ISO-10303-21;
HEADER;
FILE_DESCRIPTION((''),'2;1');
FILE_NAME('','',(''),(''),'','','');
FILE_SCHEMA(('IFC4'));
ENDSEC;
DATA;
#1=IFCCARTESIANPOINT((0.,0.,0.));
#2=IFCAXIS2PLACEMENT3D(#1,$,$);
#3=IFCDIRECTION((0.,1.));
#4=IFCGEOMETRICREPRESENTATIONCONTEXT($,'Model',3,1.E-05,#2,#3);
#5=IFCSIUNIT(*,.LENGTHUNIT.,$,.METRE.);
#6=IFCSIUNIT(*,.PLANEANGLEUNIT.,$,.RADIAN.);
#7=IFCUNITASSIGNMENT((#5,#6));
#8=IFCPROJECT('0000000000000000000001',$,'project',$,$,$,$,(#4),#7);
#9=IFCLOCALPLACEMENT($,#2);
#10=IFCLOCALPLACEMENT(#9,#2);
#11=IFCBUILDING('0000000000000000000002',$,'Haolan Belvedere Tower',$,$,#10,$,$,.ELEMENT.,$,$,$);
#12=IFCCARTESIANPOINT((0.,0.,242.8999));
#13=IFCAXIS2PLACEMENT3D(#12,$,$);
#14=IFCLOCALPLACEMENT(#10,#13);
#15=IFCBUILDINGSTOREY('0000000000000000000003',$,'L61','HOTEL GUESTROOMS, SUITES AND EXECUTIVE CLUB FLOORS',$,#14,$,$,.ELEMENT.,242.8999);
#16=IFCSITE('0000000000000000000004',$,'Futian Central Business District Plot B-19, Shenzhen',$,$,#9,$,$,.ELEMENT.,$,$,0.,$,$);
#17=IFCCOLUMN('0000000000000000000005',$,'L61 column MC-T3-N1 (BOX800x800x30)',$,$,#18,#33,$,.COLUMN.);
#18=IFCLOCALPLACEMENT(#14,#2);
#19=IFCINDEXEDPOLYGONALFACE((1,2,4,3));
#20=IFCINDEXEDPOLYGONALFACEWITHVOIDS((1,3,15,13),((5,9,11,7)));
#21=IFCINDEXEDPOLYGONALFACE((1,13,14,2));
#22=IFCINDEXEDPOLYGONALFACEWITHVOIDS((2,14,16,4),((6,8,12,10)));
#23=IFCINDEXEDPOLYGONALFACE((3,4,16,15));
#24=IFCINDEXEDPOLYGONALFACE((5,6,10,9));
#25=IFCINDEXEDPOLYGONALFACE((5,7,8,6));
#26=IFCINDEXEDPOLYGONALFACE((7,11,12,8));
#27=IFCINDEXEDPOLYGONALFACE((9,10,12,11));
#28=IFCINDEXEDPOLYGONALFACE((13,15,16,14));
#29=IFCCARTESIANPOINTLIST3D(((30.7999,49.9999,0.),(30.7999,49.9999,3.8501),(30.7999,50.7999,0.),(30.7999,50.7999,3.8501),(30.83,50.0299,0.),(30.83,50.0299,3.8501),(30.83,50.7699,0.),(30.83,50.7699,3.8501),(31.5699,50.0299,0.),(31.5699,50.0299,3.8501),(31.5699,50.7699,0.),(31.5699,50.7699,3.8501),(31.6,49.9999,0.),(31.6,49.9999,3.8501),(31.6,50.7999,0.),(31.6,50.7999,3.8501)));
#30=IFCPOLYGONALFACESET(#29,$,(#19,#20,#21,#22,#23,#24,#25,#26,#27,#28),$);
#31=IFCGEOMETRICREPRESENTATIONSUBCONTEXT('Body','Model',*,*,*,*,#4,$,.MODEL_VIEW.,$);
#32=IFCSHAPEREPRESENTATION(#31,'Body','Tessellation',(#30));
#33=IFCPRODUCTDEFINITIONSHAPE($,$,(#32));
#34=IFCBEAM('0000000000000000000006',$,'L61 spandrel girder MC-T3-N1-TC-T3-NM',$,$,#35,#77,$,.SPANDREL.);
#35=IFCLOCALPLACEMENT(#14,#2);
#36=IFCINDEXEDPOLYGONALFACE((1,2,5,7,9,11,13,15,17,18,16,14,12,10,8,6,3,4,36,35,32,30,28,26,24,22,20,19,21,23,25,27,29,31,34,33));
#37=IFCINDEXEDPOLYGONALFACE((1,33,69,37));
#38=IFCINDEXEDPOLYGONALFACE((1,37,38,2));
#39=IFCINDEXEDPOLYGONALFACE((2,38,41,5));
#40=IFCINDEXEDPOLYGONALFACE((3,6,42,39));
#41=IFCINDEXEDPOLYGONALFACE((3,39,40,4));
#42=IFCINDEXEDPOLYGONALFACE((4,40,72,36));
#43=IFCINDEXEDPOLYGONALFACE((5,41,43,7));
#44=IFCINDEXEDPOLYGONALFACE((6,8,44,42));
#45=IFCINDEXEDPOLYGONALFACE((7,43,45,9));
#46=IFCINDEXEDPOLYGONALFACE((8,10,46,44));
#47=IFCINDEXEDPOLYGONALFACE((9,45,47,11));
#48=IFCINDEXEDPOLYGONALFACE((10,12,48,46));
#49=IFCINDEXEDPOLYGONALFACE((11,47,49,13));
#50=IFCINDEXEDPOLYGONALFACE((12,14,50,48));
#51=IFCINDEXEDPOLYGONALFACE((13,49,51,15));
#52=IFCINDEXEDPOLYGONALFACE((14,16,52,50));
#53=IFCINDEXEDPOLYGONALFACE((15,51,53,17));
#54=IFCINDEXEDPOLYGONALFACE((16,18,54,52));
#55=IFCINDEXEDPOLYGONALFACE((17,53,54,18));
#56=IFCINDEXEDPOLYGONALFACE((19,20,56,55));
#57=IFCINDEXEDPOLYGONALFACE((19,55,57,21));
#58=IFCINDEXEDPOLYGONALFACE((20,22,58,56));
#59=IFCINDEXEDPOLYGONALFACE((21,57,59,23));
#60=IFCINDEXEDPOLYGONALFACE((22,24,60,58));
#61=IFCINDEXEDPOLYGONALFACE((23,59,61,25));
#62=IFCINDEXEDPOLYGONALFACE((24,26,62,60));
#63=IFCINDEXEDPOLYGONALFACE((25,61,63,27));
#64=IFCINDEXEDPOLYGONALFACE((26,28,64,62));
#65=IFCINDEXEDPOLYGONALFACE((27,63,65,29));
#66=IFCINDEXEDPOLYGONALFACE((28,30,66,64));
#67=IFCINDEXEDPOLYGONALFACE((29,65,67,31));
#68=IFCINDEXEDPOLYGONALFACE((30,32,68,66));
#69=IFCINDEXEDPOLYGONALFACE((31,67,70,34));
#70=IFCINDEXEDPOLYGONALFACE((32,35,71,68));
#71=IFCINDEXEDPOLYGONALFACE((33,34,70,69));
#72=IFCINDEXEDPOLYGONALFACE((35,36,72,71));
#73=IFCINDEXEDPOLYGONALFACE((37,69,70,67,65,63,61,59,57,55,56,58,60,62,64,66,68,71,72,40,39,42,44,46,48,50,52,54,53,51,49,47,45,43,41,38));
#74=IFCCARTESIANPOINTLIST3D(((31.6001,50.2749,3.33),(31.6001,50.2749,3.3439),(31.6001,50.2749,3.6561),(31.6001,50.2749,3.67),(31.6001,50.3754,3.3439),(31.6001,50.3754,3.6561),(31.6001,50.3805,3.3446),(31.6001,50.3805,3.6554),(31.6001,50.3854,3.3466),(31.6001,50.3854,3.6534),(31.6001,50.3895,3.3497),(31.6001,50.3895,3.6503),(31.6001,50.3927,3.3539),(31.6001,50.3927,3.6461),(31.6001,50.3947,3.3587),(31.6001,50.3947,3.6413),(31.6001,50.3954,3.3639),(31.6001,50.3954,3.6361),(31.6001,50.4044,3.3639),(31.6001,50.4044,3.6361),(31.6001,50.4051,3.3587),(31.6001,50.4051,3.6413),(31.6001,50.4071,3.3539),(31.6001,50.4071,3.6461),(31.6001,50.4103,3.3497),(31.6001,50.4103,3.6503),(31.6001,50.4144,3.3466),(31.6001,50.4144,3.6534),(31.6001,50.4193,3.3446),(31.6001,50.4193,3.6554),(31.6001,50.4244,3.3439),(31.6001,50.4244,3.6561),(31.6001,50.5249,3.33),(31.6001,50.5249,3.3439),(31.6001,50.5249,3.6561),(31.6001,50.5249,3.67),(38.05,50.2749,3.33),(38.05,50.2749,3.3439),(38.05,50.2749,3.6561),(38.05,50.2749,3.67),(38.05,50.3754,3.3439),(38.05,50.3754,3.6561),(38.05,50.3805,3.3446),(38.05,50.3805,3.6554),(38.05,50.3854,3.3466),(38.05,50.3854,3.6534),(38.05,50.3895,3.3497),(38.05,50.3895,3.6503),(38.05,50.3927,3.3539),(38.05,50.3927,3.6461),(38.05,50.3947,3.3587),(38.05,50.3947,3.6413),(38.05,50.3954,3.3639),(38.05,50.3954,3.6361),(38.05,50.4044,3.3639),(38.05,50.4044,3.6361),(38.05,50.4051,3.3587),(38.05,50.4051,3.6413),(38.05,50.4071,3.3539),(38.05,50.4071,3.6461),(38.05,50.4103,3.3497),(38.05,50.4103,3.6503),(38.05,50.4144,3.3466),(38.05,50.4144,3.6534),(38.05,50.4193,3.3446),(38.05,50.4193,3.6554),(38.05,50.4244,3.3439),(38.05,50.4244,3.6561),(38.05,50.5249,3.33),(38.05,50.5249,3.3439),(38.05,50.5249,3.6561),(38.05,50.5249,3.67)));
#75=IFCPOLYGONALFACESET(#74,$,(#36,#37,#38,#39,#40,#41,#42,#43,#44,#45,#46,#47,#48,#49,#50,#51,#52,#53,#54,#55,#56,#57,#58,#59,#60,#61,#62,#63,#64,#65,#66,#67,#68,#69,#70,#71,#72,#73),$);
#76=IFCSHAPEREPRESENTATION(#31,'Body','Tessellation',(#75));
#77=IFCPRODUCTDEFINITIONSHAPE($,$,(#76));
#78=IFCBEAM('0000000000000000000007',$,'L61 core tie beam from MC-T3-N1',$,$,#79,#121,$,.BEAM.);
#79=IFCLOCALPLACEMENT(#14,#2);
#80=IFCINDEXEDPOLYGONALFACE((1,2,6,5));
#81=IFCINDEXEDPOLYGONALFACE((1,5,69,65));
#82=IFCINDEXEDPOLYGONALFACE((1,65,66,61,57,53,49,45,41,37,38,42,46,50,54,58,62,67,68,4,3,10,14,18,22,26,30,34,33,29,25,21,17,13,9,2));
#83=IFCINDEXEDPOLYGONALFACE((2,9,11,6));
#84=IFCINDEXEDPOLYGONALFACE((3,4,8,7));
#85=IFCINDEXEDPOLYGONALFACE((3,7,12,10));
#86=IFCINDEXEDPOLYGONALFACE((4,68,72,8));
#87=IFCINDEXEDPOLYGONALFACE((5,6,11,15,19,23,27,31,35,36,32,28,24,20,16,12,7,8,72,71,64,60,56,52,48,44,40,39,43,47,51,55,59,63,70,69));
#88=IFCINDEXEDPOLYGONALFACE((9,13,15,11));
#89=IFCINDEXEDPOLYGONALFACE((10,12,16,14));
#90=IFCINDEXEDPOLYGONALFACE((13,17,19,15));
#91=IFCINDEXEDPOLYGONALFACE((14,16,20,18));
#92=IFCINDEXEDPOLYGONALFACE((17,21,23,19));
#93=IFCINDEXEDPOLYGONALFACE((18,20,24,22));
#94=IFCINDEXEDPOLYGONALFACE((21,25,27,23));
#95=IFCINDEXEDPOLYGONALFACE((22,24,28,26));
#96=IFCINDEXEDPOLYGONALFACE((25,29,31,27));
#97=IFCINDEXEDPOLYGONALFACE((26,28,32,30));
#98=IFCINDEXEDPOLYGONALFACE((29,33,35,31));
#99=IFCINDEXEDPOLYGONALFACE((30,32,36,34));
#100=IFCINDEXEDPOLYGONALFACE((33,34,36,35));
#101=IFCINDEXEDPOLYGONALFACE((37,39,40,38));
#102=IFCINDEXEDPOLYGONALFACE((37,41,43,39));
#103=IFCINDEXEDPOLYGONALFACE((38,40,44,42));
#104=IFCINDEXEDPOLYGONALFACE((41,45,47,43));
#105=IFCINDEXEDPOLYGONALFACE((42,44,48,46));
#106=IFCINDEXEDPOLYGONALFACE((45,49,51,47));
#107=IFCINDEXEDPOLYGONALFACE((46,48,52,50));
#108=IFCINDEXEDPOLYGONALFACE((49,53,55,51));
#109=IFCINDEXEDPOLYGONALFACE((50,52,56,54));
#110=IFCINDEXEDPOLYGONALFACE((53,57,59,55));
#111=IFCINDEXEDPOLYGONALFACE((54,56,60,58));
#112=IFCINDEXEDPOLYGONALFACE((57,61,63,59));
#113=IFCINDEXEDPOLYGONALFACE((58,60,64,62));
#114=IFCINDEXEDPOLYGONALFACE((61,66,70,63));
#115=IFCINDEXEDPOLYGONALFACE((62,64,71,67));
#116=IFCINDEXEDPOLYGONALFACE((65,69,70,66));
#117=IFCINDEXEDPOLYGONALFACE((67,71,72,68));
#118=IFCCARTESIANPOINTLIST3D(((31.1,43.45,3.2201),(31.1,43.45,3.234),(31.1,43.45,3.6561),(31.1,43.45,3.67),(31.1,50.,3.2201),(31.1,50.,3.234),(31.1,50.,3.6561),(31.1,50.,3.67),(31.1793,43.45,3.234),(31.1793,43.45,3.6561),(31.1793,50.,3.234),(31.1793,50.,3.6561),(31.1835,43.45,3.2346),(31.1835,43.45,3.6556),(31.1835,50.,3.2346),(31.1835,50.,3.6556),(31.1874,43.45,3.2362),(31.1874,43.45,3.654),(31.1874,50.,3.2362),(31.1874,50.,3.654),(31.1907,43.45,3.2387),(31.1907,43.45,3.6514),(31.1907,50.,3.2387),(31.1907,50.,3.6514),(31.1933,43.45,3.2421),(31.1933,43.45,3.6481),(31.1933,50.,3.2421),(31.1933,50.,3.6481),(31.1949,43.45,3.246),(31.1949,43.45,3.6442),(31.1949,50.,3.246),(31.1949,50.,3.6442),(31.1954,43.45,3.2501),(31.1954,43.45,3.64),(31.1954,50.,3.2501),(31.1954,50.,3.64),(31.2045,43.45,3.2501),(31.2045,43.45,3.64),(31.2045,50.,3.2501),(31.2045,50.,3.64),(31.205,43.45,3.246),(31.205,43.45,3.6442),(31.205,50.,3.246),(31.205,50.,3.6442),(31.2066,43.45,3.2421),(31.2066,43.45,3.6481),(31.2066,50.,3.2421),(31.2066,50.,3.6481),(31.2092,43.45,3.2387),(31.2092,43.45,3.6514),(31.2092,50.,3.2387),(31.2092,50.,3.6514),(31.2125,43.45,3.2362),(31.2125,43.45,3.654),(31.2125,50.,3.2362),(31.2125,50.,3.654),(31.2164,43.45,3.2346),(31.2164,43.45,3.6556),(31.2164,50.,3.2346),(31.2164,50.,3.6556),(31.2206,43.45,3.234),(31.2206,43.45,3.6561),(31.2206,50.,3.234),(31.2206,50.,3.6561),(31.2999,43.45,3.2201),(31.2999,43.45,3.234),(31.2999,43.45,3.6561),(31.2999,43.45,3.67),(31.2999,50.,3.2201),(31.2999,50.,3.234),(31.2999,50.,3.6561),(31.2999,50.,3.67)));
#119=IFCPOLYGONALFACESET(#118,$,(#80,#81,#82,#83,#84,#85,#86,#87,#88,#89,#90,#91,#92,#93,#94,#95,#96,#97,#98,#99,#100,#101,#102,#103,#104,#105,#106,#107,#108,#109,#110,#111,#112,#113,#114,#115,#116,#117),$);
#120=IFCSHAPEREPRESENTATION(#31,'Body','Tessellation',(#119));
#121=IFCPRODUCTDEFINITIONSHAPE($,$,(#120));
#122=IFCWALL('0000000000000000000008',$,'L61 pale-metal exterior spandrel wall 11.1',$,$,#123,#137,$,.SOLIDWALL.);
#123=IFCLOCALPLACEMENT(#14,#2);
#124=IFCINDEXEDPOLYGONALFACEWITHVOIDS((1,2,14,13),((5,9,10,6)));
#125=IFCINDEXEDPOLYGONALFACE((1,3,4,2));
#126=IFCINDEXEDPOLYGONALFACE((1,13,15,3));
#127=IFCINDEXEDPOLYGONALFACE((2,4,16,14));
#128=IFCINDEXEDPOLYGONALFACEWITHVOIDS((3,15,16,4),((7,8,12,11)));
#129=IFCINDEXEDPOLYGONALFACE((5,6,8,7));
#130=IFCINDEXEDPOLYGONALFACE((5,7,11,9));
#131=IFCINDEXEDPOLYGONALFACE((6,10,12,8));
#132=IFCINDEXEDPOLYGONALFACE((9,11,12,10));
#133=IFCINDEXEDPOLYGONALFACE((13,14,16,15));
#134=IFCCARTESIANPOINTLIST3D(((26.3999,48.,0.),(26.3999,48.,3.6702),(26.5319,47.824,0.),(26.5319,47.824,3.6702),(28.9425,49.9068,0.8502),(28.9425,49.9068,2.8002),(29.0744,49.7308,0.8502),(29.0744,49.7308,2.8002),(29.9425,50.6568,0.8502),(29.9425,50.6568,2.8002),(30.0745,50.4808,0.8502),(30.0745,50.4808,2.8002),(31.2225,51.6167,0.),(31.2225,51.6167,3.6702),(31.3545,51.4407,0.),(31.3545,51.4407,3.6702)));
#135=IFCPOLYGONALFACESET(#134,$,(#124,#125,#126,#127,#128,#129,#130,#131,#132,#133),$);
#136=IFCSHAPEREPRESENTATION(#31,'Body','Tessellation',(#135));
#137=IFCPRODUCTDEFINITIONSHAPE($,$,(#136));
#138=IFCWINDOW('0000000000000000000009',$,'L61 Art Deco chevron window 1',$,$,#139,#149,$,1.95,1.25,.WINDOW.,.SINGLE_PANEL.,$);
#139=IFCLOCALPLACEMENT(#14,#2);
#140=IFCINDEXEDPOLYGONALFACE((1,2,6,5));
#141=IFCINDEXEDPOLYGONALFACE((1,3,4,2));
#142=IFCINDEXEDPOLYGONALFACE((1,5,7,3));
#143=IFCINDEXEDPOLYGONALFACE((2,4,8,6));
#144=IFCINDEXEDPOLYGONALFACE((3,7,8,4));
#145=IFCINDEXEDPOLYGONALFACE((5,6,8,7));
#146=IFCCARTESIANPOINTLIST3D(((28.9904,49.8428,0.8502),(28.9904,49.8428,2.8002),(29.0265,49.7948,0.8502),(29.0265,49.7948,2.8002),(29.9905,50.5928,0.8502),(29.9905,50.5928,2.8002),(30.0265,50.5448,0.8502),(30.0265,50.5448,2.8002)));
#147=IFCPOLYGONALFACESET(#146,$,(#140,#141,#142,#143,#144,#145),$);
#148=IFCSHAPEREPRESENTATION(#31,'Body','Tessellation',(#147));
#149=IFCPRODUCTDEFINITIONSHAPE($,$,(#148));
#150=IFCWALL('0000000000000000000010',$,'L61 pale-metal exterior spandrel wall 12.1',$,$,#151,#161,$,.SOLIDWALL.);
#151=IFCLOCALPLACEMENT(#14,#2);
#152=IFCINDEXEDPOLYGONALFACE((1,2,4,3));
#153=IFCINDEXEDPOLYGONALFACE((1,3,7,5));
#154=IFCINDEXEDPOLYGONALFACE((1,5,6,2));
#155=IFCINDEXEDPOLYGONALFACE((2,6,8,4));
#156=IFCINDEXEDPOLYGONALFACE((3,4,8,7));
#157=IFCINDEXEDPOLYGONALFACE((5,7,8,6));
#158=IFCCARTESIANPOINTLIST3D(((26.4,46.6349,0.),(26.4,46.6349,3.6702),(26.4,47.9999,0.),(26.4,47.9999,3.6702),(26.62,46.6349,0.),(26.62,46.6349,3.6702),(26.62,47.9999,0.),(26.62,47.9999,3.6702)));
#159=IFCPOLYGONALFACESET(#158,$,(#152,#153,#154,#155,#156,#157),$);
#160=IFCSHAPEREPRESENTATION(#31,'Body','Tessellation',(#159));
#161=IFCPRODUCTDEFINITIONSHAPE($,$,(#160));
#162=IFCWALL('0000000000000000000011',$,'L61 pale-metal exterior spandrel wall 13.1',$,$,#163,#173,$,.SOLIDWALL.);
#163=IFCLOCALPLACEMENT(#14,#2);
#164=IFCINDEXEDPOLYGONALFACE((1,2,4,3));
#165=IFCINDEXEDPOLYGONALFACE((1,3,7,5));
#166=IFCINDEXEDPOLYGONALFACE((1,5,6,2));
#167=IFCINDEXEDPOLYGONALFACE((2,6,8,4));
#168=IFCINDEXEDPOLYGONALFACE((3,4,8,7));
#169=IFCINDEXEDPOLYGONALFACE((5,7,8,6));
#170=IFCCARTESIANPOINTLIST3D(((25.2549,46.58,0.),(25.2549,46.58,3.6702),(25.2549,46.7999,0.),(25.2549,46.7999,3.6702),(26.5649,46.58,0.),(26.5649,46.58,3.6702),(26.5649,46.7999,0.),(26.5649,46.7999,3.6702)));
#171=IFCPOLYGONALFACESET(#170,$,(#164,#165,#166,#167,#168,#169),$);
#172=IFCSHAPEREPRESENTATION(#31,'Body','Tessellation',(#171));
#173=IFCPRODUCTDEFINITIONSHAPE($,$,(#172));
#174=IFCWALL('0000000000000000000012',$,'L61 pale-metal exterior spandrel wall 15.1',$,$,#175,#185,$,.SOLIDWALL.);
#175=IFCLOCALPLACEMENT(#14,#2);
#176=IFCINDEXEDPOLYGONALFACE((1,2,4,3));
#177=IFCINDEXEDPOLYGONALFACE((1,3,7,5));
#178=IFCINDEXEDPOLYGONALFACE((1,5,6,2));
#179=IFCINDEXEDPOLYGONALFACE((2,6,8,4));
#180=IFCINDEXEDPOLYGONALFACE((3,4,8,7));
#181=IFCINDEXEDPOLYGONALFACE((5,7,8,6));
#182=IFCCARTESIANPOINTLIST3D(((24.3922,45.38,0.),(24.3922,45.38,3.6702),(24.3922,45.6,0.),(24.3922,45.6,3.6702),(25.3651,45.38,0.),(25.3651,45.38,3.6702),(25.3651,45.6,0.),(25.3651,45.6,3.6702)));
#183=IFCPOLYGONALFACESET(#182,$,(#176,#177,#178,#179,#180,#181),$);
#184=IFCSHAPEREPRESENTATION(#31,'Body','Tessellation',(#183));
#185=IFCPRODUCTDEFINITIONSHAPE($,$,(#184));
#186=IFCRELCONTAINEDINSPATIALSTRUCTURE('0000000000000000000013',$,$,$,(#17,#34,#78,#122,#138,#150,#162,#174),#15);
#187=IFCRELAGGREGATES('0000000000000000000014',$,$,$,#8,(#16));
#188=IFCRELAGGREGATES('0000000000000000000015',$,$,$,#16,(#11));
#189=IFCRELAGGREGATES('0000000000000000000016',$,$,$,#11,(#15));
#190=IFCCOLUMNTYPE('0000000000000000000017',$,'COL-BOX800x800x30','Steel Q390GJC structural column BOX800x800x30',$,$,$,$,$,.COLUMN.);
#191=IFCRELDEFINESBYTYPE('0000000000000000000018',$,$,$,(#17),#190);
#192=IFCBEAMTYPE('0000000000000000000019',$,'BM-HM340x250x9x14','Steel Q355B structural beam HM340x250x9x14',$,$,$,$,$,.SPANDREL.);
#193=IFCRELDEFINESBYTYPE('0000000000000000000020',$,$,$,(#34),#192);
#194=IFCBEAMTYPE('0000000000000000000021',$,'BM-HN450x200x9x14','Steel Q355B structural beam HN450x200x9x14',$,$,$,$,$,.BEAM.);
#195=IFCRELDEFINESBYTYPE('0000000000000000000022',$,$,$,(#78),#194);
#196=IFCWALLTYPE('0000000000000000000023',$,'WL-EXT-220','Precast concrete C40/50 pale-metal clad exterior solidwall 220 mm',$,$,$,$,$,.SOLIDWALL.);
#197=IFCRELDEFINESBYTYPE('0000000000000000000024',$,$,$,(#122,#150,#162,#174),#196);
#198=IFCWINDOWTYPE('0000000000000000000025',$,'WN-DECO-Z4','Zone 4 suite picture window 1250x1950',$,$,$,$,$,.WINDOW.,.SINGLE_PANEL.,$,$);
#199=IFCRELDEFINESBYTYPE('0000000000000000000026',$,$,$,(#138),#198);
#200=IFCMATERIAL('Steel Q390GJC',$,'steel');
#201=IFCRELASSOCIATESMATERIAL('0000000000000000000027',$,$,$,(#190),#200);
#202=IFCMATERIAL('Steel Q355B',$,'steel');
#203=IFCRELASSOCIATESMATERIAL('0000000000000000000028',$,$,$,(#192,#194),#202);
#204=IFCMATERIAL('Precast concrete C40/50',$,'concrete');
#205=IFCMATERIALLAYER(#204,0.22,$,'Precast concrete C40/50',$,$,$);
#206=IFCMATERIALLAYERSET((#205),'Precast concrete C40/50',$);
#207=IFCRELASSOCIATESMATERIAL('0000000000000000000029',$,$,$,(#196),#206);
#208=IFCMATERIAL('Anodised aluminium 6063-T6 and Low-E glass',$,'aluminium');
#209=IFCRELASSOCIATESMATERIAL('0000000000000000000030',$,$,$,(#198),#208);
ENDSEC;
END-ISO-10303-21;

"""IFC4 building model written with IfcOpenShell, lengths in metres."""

from ifc_helpers import new_model, si_unit, direction, frame, frame_2d, origin, origin_2d, place, context, subcontext, project, spatial, rectangle, hollow_rectangle, i_section, extrude, material, layer, layer_set, material_profile, profile_set, type_object, element, fill, save


model = new_model("IFC4")

# Units and contexts
model_context = context("Model", 3, precision=1e-05, world=origin(), true_north=direction((0.0, 1.0)))
body_context = subcontext(model_context, "Body", "Model", "MODEL_VIEW")
ifc_project = project(units=[si_unit("LENGTHUNIT", "METRE"), si_unit("PLANEANGLEUNIT", "RADIAN")], contexts=[model_context])

# Site, building, storey
site_placement = place(None, origin())
site = spatial("IfcSite", under=ifc_project, at=site_placement, Name="Futian Central Business District Plot B-19, Shenzhen", CompositionType="ELEMENT", RefElevation=0.0)
building_placement = place(site_placement, origin())
building = spatial("IfcBuilding", under=site, at=building_placement, Name="Haolan Belvedere Tower", CompositionType="ELEMENT")
storey_placement = place(building_placement, frame((0.0, 0.0, 242.8999)))
storey = spatial("IfcBuildingStorey", under=building, at=storey_placement, Name="L61", Description="HOTEL GUESTROOMS, SUITES AND EXECUTIVE CLUB FLOORS", CompositionType="ELEMENT", Elevation=242.8999)

# Column
ifc_material_1 = material(Name="Steel Q390GJC", Category="steel")
ifc_material_profile_1 = material_profile(ifc_material_1, hollow_rectangle(XDim=0.8, YDim=0.8, WallThickness=0.03, at=origin_2d()), Name="Steel Q390GJC")
ifc_profile_set_1 = profile_set([ifc_material_profile_1], Name="Steel Q390GJC")
column_type = type_object("IfcColumnType", Name="COL-BOX800x800x30", Description="Steel Q390GJC structural column BOX800x800x30", PredefinedType="COLUMN", material=ifc_profile_set_1)
column_placement = place(storey_placement, frame((31.2, 50.3999, 0.0), z_axis=(0.0, 0.0, 1.0), x_axis=(1.0, 0.0, 0.0)))
element("IfcColumn", 1, at=column_placement, inside=storey, type_object=column_type, Name="L61 column MC-T3-N1 (BOX800x800x30)", PredefinedType="COLUMN", context=body_context, shape_type="SweptSolid", body=[
    extrude(hollow_rectangle(XDim=0.8, YDim=0.8, WallThickness=0.03, at=origin_2d()), origin(), (0.0, 0.0, 1.0), 3.8501),
])

# Beams
ifc_material_2 = material(Name="Steel Q355B", Category="steel")
ifc_material_profile_2 = material_profile(ifc_material_2, i_section(OverallWidth=0.25, OverallDepth=0.3401, WebThickness=0.009, FlangeThickness=0.0139, FilletRadius=0.02, at=origin_2d()), Name="Steel Q355B")
ifc_profile_set_2 = profile_set([ifc_material_profile_2], Name="Steel Q355B")
beam_type_1 = type_object("IfcBeamType", Name="BM-HM340x250x9x14", Description="Steel Q355B structural beam HM340x250x9x14", PredefinedType="SPANDREL", material=ifc_profile_set_2)
beam_1_placement = place(storey_placement, frame((31.6001, 50.3999, 3.5), z_axis=(1.0, 0.0, 0.0), x_axis=(0.0, 1.0, 0.0)))
element("IfcBeam", 2, at=beam_1_placement, inside=storey, type_object=beam_type_1, Name="L61 spandrel girder MC-T3-N1-TC-T3-NM", PredefinedType="SPANDREL", context=body_context, shape_type="SweptSolid", body=[
    extrude(i_section(OverallWidth=0.25, OverallDepth=0.3401, WebThickness=0.009, FlangeThickness=0.0139, FilletRadius=0.02, at=origin_2d()), origin(), (0.0, 0.0, 1.0), 6.45),
])
ifc_material_profile_3 = material_profile(ifc_material_2, i_section(OverallWidth=0.2, OverallDepth=0.45, WebThickness=0.009, FlangeThickness=0.0139, FilletRadius=0.0161, at=origin_2d()), Name="Steel Q355B")
ifc_profile_set_3 = profile_set([ifc_material_profile_3], Name="Steel Q355B")
beam_type_2 = type_object("IfcBeamType", Name="BM-HN450x200x9x14", Description="Steel Q355B structural beam HN450x200x9x14", PredefinedType="BEAM", material=ifc_profile_set_3)
beam_2_placement = place(storey_placement, frame((31.2, 50.0, 3.4451), z_axis=(0.0, -1.0, 0.0), x_axis=(1.0, 0.0, 0.0)))
element("IfcBeam", 3, at=beam_2_placement, inside=storey, type_object=beam_type_2, Name="L61 core tie beam from MC-T3-N1", PredefinedType="BEAM", context=body_context, shape_type="SweptSolid", body=[
    extrude(i_section(OverallWidth=0.2, OverallDepth=0.45, WebThickness=0.009, FlangeThickness=0.0139, FilletRadius=0.0161, at=origin_2d()), origin(), (0.0, 0.0, 1.0), 6.55),
])

# Wall, opening, window
ifc_material_3 = material(Name="Precast concrete C40/50", Category="concrete")
ifc_layer_1 = layer(ifc_material_3, 0.22, Name="Precast concrete C40/50")
ifc_layer_set_1 = layer_set([ifc_layer_1], Name="Precast concrete C40/50")
wall_type_1 = type_object("IfcWallType", Name="WL-EXT-220", Description="Precast concrete C40/50 pale-metal clad exterior solidwall 220 mm", PredefinedType="SOLIDWALL", material=ifc_layer_set_1)
wall_1_placement = place(storey_placement, frame((31.2886, 51.5288, 0.0), z_axis=(0.0, 0.0, 1.0), x_axis=(-0.800015, -0.599981, 0.0)))
wall_1 = element("IfcWall", 4, at=wall_1_placement, inside=storey, type_object=wall_type_1, Name="L61 pale-metal exterior spandrel wall 11.1", PredefinedType="SOLIDWALL", context=body_context, shape_type="SweptSolid", body=[
    extrude(rectangle(XDim=6.0281, YDim=0.22, at=frame_2d((3.0142, 0.0))), origin(), (0.0, 0.0, 1.0), 3.6702),
])
opening_1_placement = place(wall_1_placement, frame((1.6001, 0.0, 0.8501)))
opening_1 = element("IfcOpeningElement", 5, at=opening_1_placement, cuts=wall_1, PredefinedType="OPENING", context=body_context, shape_type="SweptSolid", body=[
    extrude(rectangle(XDim=1.25, YDim=1.95, at=frame_2d((0.625, 0.9751))), frame((0.0, 0.1199, 0.0), z_axis=(0.0, -1.0, 0.0), x_axis=(1.0, 0.0, 0.0)), (0.0, 0.0, 1.0), 0.24),
])
ifc_material_4 = material(Name="Anodised aluminium 6063-T6 and Low-E glass", Category="aluminium")
window_type = type_object("IfcWindowType", Name="WN-DECO-Z4", Description="Zone 4 suite picture window 1250x1950", PartitioningType="SINGLE_PANEL", PredefinedType="WINDOW", material=ifc_material_4)
window_placement = place(opening_1_placement, origin())
window = element("IfcWindow", 6, at=window_placement, inside=storey, type_object=window_type, Name="L61 Art Deco chevron window 1", OverallHeight=1.95, OverallWidth=1.25, PartitioningType="SINGLE_PANEL", PredefinedType="WINDOW", context=body_context, shape_type="SweptSolid", body=[
    extrude(rectangle(XDim=1.25, YDim=1.95, at=frame_2d((0.625, 0.9751))), frame((0.0, 0.03, 0.0), z_axis=(0.0, -1.0, 0.0), x_axis=(1.0, 0.0, 0.0)), (0.0, 0.0, 1.0), 0.0601),
])
fill(opening_1, window)

# Walls
wall_2_placement = place(storey_placement, frame((26.51, 48.0, 0.0), z_axis=(0.0, 0.0, 1.0), x_axis=(0.0, -1.0, 0.0)))
element("IfcWall", 7, at=wall_2_placement, inside=storey, type_object=wall_type_1, Name="L61 pale-metal exterior spandrel wall 12.1", PredefinedType="SOLIDWALL", context=body_context, shape_type="SweptSolid", body=[
    extrude(rectangle(XDim=1.365, YDim=0.22, at=frame_2d((0.6826, 0.0))), origin(), (0.0, 0.0, 1.0), 3.6702),
])
wall_3_placement = place(storey_placement, frame((26.5649, 46.6899, 0.0), z_axis=(0.0, 0.0, 1.0), x_axis=(-1.0, 0.0, 0.0)))
element("IfcWall", 8, at=wall_3_placement, inside=storey, type_object=wall_type_1, Name="L61 pale-metal exterior spandrel wall 13.1", PredefinedType="SOLIDWALL", context=body_context, shape_type="SweptSolid", body=[
    extrude(rectangle(XDim=1.3101, YDim=0.22, at=frame_2d((0.655, 0.0))), origin(), (0.0, 0.0, 1.0), 3.6702),
])
wall_4_placement = place(storey_placement, frame((25.365, 45.49, 0.0), z_axis=(0.0, 0.0, 1.0), x_axis=(-1.0, 0.0, 0.0)))
element("IfcWall", 9, at=wall_4_placement, inside=storey, type_object=wall_type_1, Name="L61 pale-metal exterior spandrel wall 15.1", PredefinedType="SOLIDWALL", context=body_context, shape_type="SweptSolid", body=[
    extrude(rectangle(XDim=0.9729, YDim=0.22, at=frame_2d((0.4863, 0.0))), origin(), (0.0, 0.0, 1.0), 3.6702),
])

save(model, "model.ifc")
